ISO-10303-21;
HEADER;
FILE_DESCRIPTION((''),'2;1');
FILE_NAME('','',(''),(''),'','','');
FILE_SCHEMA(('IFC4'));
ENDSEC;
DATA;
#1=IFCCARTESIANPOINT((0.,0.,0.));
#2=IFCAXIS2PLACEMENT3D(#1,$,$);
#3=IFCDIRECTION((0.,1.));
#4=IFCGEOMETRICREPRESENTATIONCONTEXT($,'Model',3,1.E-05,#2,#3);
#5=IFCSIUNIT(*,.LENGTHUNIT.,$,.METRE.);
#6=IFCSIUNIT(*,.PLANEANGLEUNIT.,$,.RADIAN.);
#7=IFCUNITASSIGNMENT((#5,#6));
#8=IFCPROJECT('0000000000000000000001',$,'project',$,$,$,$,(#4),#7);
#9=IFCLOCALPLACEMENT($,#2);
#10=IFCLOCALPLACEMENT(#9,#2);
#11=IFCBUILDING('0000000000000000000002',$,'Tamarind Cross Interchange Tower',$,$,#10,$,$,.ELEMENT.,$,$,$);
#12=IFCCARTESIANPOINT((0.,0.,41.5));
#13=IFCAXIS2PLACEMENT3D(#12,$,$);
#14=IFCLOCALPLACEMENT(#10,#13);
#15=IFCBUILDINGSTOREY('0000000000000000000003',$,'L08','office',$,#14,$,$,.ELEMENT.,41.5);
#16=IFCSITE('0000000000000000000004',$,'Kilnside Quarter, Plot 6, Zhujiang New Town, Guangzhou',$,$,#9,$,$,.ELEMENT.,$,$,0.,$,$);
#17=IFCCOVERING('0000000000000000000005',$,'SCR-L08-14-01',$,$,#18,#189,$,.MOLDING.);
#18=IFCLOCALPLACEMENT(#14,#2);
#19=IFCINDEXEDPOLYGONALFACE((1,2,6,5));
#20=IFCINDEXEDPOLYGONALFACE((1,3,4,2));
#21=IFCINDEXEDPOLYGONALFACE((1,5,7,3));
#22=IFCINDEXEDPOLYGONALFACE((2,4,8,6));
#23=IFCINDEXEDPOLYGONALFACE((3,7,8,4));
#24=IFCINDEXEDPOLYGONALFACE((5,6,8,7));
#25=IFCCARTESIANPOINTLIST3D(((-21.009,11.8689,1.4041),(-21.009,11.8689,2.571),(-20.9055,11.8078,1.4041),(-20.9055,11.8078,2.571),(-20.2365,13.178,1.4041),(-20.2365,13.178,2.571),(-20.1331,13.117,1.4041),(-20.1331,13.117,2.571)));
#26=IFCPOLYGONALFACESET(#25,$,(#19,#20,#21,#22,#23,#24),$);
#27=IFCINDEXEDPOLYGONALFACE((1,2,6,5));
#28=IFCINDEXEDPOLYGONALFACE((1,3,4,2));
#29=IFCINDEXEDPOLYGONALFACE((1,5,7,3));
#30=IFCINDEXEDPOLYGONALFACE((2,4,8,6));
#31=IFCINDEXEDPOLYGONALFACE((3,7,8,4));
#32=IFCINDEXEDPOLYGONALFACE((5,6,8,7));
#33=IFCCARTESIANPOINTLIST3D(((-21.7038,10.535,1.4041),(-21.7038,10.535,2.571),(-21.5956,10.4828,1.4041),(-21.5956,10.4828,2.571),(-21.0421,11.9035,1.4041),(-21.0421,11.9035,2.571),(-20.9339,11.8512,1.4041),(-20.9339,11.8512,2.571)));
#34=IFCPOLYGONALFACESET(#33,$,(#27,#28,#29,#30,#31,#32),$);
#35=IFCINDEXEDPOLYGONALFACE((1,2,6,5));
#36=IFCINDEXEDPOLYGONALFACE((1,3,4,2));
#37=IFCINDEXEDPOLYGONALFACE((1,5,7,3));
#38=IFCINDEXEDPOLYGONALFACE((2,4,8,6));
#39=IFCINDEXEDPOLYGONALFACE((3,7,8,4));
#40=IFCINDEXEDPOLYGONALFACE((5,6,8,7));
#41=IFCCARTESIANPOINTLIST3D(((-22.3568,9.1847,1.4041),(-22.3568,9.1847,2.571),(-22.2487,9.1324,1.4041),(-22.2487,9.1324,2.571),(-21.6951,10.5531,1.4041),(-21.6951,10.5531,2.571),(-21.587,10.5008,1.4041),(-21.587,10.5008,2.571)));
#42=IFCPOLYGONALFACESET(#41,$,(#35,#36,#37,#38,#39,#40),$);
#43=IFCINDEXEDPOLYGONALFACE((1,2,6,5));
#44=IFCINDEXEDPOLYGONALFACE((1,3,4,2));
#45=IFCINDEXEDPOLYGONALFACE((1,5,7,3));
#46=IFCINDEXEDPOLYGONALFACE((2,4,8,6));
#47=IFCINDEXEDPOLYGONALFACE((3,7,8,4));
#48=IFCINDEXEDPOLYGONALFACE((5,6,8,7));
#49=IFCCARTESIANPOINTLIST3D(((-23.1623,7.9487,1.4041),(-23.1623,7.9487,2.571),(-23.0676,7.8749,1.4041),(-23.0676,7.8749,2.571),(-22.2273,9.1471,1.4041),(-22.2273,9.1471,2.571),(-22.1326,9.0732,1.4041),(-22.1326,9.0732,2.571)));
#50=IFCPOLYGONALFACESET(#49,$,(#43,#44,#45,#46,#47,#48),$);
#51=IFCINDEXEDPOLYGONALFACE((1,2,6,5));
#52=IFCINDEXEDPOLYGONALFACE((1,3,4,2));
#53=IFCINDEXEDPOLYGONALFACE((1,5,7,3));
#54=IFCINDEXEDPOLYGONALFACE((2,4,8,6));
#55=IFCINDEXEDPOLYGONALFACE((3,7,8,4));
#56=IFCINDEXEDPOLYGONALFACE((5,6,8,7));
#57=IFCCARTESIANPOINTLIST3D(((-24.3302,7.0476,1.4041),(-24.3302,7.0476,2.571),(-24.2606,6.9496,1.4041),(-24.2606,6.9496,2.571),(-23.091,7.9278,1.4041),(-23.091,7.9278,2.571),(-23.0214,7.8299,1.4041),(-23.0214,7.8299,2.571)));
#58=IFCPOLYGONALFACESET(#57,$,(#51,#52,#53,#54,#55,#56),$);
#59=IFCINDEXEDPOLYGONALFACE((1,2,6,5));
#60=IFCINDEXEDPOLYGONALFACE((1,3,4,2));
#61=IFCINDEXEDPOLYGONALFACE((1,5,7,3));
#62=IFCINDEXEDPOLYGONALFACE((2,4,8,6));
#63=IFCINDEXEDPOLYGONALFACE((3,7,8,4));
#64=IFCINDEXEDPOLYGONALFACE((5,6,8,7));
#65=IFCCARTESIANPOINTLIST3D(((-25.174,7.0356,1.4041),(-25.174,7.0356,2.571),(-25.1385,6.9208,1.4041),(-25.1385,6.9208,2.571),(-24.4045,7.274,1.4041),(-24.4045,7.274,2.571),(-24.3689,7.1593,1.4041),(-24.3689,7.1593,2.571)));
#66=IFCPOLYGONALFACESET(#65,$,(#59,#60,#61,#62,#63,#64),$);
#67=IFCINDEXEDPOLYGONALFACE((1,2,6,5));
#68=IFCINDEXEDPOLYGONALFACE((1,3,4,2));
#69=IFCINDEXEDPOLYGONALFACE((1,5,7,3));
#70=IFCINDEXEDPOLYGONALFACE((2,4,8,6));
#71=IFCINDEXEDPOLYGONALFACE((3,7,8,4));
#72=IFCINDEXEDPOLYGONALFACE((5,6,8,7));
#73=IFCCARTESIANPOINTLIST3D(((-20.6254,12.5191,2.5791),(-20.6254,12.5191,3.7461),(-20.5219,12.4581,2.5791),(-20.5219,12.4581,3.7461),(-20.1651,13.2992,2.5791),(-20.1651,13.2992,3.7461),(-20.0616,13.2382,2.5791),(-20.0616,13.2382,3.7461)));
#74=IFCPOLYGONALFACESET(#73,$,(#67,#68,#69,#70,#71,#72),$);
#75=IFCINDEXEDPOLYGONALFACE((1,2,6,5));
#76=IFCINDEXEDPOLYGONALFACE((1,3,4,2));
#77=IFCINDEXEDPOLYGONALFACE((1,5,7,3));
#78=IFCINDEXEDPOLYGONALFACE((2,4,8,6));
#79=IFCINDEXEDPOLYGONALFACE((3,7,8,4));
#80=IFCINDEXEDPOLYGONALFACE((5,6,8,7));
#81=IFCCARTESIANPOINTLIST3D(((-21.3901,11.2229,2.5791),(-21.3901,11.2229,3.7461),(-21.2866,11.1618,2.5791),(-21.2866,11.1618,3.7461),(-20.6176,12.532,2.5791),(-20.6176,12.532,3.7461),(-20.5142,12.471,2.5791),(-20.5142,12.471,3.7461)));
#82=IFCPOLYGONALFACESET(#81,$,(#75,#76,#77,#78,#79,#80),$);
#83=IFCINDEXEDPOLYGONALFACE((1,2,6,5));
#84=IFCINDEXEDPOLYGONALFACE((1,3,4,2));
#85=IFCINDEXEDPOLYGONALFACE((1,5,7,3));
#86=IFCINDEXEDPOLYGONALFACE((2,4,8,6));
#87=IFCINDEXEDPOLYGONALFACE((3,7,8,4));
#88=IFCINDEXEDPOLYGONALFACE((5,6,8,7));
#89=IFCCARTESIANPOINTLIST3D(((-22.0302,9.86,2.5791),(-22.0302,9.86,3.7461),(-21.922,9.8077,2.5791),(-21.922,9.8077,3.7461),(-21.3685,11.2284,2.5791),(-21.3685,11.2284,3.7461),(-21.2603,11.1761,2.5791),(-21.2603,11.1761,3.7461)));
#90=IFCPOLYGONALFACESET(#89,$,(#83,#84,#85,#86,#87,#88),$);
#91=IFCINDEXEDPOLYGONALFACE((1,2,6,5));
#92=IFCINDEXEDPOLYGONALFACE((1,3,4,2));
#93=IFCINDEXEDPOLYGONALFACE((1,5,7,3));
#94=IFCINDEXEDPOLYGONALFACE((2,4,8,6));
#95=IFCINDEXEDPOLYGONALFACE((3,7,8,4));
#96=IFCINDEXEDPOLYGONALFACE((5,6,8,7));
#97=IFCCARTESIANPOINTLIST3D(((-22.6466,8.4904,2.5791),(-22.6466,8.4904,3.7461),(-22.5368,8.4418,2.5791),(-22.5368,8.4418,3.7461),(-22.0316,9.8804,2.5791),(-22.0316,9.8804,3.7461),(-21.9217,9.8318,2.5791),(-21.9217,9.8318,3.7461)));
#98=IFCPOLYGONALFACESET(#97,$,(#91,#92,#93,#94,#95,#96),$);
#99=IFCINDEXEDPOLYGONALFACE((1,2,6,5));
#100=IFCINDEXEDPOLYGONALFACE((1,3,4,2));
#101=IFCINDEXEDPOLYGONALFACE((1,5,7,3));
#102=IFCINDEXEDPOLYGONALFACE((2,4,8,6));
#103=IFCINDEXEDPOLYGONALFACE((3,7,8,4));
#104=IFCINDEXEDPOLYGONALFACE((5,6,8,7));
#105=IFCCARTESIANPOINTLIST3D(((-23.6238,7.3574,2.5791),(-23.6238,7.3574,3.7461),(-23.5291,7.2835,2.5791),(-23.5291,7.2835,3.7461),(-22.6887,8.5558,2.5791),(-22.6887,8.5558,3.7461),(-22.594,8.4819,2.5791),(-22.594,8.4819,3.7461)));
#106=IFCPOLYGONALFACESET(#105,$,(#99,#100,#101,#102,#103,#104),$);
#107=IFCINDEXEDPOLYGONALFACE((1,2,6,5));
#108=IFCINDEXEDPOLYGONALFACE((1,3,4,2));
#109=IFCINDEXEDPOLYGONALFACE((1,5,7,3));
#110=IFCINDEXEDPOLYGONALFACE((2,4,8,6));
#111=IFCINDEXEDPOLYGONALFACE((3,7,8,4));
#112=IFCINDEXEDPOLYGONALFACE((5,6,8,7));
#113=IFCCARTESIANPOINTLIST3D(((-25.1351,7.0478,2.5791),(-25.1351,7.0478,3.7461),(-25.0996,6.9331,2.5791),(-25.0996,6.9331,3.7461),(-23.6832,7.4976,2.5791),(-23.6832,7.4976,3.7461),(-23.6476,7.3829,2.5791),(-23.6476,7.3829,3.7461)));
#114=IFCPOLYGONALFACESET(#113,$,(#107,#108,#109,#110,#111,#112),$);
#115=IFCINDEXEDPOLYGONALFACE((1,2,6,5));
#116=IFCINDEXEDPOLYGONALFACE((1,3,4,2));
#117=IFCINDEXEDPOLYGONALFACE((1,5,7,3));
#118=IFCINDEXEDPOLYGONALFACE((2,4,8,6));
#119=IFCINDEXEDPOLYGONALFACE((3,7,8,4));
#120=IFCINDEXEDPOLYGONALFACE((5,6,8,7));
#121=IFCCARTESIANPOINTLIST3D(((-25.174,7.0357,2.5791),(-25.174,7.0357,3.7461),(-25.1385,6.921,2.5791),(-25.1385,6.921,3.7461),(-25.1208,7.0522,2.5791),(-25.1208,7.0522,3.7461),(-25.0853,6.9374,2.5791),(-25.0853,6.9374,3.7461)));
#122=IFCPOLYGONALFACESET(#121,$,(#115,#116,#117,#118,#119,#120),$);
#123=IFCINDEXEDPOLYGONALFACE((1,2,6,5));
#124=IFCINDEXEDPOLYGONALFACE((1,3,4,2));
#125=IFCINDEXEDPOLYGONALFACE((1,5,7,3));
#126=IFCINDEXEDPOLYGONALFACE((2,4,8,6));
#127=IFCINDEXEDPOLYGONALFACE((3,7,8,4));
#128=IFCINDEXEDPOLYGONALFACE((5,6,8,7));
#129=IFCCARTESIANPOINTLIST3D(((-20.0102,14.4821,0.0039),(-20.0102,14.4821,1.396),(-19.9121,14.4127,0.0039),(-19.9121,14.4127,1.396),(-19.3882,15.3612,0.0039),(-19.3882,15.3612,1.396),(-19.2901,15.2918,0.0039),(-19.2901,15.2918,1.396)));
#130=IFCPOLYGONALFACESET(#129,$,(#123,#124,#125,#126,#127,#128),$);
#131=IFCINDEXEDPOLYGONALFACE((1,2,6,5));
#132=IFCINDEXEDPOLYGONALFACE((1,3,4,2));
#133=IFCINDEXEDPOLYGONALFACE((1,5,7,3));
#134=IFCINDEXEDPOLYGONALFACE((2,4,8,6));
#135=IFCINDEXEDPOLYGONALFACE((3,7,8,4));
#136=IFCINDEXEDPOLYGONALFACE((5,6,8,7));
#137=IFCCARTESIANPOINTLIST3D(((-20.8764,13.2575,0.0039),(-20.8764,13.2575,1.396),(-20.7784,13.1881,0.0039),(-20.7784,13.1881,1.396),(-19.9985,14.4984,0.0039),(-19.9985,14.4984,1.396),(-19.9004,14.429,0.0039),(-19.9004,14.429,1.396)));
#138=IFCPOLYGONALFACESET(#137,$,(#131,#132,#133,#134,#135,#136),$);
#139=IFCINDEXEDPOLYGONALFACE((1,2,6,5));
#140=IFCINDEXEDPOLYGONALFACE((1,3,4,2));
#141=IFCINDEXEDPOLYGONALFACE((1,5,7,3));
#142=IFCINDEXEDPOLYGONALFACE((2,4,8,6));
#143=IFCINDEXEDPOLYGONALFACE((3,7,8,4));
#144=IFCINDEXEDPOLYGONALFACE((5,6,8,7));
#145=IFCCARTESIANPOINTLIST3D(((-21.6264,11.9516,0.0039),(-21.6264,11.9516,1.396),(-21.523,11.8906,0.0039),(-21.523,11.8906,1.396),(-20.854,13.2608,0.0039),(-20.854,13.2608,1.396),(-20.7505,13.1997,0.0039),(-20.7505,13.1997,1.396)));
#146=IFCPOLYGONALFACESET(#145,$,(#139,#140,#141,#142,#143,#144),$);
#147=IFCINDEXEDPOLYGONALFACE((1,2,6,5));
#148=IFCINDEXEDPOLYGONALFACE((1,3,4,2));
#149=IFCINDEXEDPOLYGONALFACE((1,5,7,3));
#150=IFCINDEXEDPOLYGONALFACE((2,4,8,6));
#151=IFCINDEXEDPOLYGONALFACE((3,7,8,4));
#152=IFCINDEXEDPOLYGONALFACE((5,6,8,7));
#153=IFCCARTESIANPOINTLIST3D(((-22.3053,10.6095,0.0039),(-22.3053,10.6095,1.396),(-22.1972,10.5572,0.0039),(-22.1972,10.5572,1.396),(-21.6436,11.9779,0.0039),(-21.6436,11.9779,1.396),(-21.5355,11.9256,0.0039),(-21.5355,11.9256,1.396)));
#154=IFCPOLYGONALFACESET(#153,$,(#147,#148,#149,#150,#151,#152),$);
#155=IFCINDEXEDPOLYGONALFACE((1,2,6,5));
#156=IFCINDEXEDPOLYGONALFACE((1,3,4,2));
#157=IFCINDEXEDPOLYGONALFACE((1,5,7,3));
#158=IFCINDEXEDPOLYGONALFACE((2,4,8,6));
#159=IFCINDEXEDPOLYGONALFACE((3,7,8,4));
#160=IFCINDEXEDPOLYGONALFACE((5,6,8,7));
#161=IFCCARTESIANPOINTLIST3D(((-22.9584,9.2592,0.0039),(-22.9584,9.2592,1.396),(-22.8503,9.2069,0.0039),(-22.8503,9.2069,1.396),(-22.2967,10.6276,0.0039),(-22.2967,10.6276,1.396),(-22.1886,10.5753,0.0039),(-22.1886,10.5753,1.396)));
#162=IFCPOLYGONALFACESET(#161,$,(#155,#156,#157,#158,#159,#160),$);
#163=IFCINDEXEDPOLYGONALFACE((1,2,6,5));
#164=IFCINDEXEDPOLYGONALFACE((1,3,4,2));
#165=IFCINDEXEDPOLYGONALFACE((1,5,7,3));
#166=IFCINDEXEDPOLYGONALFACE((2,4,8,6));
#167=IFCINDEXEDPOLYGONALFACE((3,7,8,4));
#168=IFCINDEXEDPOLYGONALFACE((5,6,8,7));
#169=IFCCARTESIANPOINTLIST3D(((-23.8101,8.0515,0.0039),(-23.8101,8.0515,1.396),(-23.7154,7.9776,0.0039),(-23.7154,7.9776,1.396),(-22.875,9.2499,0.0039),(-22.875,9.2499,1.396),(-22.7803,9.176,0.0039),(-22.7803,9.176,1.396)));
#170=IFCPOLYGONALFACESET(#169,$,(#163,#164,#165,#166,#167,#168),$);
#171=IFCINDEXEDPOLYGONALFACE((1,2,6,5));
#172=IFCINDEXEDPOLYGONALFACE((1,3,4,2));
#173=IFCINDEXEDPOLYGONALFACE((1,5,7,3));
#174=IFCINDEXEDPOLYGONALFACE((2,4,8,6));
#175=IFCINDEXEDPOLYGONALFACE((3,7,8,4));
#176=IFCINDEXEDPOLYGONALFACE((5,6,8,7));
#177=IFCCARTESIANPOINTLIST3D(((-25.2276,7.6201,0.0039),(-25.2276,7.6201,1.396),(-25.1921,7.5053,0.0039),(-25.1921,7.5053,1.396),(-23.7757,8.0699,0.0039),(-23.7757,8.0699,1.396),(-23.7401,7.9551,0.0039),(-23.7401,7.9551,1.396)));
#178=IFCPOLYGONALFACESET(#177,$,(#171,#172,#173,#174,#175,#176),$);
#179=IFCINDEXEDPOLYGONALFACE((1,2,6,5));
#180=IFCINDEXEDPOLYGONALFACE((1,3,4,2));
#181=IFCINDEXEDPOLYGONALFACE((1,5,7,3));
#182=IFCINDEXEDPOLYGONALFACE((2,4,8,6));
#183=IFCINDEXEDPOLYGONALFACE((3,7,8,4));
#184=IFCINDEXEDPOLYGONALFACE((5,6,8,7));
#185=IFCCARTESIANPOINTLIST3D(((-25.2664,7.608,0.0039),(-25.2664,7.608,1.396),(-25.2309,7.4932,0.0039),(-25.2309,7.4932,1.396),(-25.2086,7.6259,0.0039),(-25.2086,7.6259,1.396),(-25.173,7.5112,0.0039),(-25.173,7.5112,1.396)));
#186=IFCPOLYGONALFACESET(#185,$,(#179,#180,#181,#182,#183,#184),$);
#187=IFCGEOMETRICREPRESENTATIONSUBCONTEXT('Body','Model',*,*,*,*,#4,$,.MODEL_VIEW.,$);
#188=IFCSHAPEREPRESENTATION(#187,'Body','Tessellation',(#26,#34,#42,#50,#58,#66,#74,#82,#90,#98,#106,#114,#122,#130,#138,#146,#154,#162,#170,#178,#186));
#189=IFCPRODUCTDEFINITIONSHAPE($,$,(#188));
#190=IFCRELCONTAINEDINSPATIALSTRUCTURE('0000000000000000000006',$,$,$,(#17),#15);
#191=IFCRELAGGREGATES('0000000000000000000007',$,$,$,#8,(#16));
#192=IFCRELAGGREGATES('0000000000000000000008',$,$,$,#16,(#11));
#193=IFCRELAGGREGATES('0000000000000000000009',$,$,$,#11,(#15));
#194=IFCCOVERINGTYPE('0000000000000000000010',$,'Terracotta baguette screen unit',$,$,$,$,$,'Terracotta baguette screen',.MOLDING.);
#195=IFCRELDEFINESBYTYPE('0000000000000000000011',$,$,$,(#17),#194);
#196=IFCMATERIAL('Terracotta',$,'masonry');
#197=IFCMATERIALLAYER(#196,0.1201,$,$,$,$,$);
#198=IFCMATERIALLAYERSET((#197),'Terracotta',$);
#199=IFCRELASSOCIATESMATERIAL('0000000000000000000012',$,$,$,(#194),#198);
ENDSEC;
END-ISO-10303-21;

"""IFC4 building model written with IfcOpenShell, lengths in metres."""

from ifc_helpers import new_model, si_unit, direction, frame, origin, origin_2d, place, context, subcontext, project, spatial, rectangle, extrude, material, layer, layer_set, type_object, element, save


model = new_model("IFC4")

# Units and contexts
model_context = context("Model", 3, precision=1e-05, world=origin(), true_north=direction((0.0, 1.0)))
body_context = subcontext(model_context, "Body", "Model", "MODEL_VIEW")
ifc_project = project(units=[si_unit("LENGTHUNIT", "METRE"), si_unit("PLANEANGLEUNIT", "RADIAN")], contexts=[model_context])

# Site, building, storey
site_placement = place(None, origin())
site = spatial("IfcSite", under=ifc_project, at=site_placement, Name="Kilnside Quarter, Plot 6, Zhujiang New Town, Guangzhou", CompositionType="ELEMENT", RefElevation=0.0)
building_placement = place(site_placement, origin())
building = spatial("IfcBuilding", under=site, at=building_placement, Name="Tamarind Cross Interchange Tower", CompositionType="ELEMENT")
storey_placement = place(building_placement, frame((0.0, 0.0, 41.5)))
storey = spatial("IfcBuildingStorey", under=building, at=storey_placement, Name="L08", Description="office", CompositionType="ELEMENT", Elevation=41.5)

# Covering
ifc_material_1 = material(Name="Terracotta", Category="masonry")
ifc_layer_1 = layer(ifc_material_1, 0.1201)
ifc_layer_set_1 = layer_set([ifc_layer_1], Name="Terracotta")
covering_type = type_object("IfcCoveringType", Name="Terracotta baguette screen unit", ElementType="Terracotta baguette screen", PredefinedType="MOLDING", material=ifc_layer_set_1)
covering_1_placement = place(storey_placement, origin())
element("IfcCovering", 1, at=covering_1_placement, inside=storey, type_object=covering_type, Name="SCR-L08-14-01", PredefinedType="MOLDING", context=body_context, shape_type="SweptSolid", body=[
    extrude(rectangle(XDim=1.52, YDim=0.1201, at=origin_2d()), frame((-20.571, 12.4929, 1.4041), z_axis=(0.0, 0.0, 1.0), x_axis=(-0.508183, -0.861249, 0.0)), (0.0, 0.0, 1.0), 1.167),
    extrude(rectangle(XDim=1.52, YDim=0.1201, at=origin_2d()), frame((-21.3188, 11.1931, 1.4041), z_axis=(0.0, 0.0, 1.0), x_axis=(-0.435326, -0.900273, 0.0)), (0.0, 0.0, 1.0), 1.167),
    extrude(rectangle(XDim=1.52, YDim=0.1201, at=origin_2d()), frame((-21.9719, 9.8428, 1.4041), z_axis=(0.0, 0.0, 1.0), x_axis=(-0.435326, -0.900273, 0.0)), (0.0, 0.0, 1.0), 1.167),
    extrude(rectangle(XDim=1.52, YDim=0.1201, at=origin_2d()), frame((-22.6475, 8.511, 1.4041), z_axis=(0.0, 0.0, 1.0), x_axis=(-0.615172, -0.788393, 0.0)), (0.0, 0.0, 1.0), 1.167),
    extrude(rectangle(XDim=1.52, YDim=0.1201, at=origin_2d()), frame((-23.6758, 7.4387, 1.4041), z_axis=(0.0, 0.0, 1.0), x_axis=(-0.81526, -0.579095, 0.0)), (0.0, 0.0, 1.0), 1.167),
    extrude(rectangle(XDim=0.8057, YDim=0.1201, at=origin_2d()), frame((-24.7715, 7.0974, 1.4041), z_axis=(0.0, 0.0, 1.0), x_axis=(-0.955212, -0.295922, 0.0)), (0.0, 0.0, 1.0), 1.167),
    extrude(rectangle(XDim=0.9058, YDim=0.1201, at=origin_2d()), frame((-20.3435, 12.8787, 2.5791), z_axis=(0.0, 0.0, 1.0), x_axis=(-0.508183, -0.861249, 0.0)), (0.0, 0.0, 1.0), 1.167),
    extrude(rectangle(XDim=1.52, YDim=0.1201, at=origin_2d()), frame((-20.9521, 11.8469, 2.5791), z_axis=(0.0, 0.0, 1.0), x_axis=(-0.508183, -0.861249, 0.0)), (0.0, 0.0, 1.0), 1.167),
    extrude(rectangle(XDim=1.52, YDim=0.1201, at=origin_2d()), frame((-21.6453, 10.5181, 2.5791), z_axis=(0.0, 0.0, 1.0), x_axis=(-0.435326, -0.900273, 0.0)), (0.0, 0.0, 1.0), 1.167),
    extrude(rectangle(XDim=1.52, YDim=0.1201, at=origin_2d()), frame((-22.2842, 9.1611, 2.5791), z_axis=(0.0, 0.0, 1.0), x_axis=(-0.40464, -0.914476, 0.0)), (0.0, 0.0, 1.0), 1.167),
    extrude(rectangle(XDim=1.52, YDim=0.1201, at=origin_2d()), frame((-23.1089, 7.9197, 2.5791), z_axis=(0.0, 0.0, 1.0), x_axis=(-0.615172, -0.788393, 0.0)), (0.0, 0.0, 1.0), 1.167),
    extrude(rectangle(XDim=1.52, YDim=0.1201, at=origin_2d()), frame((-24.3914, 7.2153, 2.5791), z_axis=(0.0, 0.0, 1.0), x_axis=(-0.955212, -0.295922, 0.0)), (0.0, 0.0, 1.0), 1.167),
    extrude(rectangle(XDim=0.0557, YDim=0.1201, at=origin_2d()), frame((-25.1296, 6.9866, 2.5791), z_axis=(0.0, 0.0, 1.0), x_axis=(-0.955212, -0.295922, 0.0)), (0.0, 0.0, 1.0), 1.167),
    extrude(rectangle(XDim=1.0769, YDim=0.1201, at=origin_2d()), frame((-19.6501, 14.887, 0.0039), z_axis=(0.0, 0.0, 1.0), x_axis=(-0.577569, -0.816342, 0.0)), (0.0, 0.0, 1.0), 1.3921),
    extrude(rectangle(XDim=1.52, YDim=0.1201, at=origin_2d()), frame((-20.3884, 13.8433, 0.0039), z_axis=(0.0, 0.0, 1.0), x_axis=(-0.577569, -0.816342, 0.0)), (0.0, 0.0, 1.0), 1.3921),
    extrude(rectangle(XDim=1.52, YDim=0.1201, at=origin_2d()), frame((-21.1885, 12.5757, 0.0039), z_axis=(0.0, 0.0, 1.0), x_axis=(-0.508183, -0.861249, 0.0)), (0.0, 0.0, 1.0), 1.3921),
    extrude(rectangle(XDim=1.52, YDim=0.1201, at=origin_2d()), frame((-21.9204, 11.2676, 0.0039), z_axis=(0.0, 0.0, 1.0), x_axis=(-0.435326, -0.900273, 0.0)), (0.0, 0.0, 1.0), 1.3921),
    extrude(rectangle(XDim=1.52, YDim=0.1201, at=origin_2d()), frame((-22.5735, 9.9172, 0.0039), z_axis=(0.0, 0.0, 1.0), x_axis=(-0.435326, -0.900273, 0.0)), (0.0, 0.0, 1.0), 1.3921),
    extrude(rectangle(XDim=1.52, YDim=0.1201, at=origin_2d()), frame((-23.2952, 8.6138, 0.0039), z_axis=(0.0, 0.0, 1.0), x_axis=(-0.615172, -0.788393, 0.0)), (0.0, 0.0, 1.0), 1.3921),
    extrude(rectangle(XDim=1.52, YDim=0.1201, at=origin_2d()), frame((-24.4839, 7.7876, 0.0039), z_axis=(0.0, 0.0, 1.0), x_axis=(-0.955212, -0.295922, 0.0)), (0.0, 0.0, 1.0), 1.3921),
    extrude(rectangle(XDim=0.0605, YDim=0.1201, at=origin_2d()), frame((-25.2197, 7.5596, 0.0039), z_axis=(0.0, 0.0, 1.0), x_axis=(-0.955212, -0.295922, 0.0)), (0.0, 0.0, 1.0), 1.3921),
])

save(model, "model.ifc")
